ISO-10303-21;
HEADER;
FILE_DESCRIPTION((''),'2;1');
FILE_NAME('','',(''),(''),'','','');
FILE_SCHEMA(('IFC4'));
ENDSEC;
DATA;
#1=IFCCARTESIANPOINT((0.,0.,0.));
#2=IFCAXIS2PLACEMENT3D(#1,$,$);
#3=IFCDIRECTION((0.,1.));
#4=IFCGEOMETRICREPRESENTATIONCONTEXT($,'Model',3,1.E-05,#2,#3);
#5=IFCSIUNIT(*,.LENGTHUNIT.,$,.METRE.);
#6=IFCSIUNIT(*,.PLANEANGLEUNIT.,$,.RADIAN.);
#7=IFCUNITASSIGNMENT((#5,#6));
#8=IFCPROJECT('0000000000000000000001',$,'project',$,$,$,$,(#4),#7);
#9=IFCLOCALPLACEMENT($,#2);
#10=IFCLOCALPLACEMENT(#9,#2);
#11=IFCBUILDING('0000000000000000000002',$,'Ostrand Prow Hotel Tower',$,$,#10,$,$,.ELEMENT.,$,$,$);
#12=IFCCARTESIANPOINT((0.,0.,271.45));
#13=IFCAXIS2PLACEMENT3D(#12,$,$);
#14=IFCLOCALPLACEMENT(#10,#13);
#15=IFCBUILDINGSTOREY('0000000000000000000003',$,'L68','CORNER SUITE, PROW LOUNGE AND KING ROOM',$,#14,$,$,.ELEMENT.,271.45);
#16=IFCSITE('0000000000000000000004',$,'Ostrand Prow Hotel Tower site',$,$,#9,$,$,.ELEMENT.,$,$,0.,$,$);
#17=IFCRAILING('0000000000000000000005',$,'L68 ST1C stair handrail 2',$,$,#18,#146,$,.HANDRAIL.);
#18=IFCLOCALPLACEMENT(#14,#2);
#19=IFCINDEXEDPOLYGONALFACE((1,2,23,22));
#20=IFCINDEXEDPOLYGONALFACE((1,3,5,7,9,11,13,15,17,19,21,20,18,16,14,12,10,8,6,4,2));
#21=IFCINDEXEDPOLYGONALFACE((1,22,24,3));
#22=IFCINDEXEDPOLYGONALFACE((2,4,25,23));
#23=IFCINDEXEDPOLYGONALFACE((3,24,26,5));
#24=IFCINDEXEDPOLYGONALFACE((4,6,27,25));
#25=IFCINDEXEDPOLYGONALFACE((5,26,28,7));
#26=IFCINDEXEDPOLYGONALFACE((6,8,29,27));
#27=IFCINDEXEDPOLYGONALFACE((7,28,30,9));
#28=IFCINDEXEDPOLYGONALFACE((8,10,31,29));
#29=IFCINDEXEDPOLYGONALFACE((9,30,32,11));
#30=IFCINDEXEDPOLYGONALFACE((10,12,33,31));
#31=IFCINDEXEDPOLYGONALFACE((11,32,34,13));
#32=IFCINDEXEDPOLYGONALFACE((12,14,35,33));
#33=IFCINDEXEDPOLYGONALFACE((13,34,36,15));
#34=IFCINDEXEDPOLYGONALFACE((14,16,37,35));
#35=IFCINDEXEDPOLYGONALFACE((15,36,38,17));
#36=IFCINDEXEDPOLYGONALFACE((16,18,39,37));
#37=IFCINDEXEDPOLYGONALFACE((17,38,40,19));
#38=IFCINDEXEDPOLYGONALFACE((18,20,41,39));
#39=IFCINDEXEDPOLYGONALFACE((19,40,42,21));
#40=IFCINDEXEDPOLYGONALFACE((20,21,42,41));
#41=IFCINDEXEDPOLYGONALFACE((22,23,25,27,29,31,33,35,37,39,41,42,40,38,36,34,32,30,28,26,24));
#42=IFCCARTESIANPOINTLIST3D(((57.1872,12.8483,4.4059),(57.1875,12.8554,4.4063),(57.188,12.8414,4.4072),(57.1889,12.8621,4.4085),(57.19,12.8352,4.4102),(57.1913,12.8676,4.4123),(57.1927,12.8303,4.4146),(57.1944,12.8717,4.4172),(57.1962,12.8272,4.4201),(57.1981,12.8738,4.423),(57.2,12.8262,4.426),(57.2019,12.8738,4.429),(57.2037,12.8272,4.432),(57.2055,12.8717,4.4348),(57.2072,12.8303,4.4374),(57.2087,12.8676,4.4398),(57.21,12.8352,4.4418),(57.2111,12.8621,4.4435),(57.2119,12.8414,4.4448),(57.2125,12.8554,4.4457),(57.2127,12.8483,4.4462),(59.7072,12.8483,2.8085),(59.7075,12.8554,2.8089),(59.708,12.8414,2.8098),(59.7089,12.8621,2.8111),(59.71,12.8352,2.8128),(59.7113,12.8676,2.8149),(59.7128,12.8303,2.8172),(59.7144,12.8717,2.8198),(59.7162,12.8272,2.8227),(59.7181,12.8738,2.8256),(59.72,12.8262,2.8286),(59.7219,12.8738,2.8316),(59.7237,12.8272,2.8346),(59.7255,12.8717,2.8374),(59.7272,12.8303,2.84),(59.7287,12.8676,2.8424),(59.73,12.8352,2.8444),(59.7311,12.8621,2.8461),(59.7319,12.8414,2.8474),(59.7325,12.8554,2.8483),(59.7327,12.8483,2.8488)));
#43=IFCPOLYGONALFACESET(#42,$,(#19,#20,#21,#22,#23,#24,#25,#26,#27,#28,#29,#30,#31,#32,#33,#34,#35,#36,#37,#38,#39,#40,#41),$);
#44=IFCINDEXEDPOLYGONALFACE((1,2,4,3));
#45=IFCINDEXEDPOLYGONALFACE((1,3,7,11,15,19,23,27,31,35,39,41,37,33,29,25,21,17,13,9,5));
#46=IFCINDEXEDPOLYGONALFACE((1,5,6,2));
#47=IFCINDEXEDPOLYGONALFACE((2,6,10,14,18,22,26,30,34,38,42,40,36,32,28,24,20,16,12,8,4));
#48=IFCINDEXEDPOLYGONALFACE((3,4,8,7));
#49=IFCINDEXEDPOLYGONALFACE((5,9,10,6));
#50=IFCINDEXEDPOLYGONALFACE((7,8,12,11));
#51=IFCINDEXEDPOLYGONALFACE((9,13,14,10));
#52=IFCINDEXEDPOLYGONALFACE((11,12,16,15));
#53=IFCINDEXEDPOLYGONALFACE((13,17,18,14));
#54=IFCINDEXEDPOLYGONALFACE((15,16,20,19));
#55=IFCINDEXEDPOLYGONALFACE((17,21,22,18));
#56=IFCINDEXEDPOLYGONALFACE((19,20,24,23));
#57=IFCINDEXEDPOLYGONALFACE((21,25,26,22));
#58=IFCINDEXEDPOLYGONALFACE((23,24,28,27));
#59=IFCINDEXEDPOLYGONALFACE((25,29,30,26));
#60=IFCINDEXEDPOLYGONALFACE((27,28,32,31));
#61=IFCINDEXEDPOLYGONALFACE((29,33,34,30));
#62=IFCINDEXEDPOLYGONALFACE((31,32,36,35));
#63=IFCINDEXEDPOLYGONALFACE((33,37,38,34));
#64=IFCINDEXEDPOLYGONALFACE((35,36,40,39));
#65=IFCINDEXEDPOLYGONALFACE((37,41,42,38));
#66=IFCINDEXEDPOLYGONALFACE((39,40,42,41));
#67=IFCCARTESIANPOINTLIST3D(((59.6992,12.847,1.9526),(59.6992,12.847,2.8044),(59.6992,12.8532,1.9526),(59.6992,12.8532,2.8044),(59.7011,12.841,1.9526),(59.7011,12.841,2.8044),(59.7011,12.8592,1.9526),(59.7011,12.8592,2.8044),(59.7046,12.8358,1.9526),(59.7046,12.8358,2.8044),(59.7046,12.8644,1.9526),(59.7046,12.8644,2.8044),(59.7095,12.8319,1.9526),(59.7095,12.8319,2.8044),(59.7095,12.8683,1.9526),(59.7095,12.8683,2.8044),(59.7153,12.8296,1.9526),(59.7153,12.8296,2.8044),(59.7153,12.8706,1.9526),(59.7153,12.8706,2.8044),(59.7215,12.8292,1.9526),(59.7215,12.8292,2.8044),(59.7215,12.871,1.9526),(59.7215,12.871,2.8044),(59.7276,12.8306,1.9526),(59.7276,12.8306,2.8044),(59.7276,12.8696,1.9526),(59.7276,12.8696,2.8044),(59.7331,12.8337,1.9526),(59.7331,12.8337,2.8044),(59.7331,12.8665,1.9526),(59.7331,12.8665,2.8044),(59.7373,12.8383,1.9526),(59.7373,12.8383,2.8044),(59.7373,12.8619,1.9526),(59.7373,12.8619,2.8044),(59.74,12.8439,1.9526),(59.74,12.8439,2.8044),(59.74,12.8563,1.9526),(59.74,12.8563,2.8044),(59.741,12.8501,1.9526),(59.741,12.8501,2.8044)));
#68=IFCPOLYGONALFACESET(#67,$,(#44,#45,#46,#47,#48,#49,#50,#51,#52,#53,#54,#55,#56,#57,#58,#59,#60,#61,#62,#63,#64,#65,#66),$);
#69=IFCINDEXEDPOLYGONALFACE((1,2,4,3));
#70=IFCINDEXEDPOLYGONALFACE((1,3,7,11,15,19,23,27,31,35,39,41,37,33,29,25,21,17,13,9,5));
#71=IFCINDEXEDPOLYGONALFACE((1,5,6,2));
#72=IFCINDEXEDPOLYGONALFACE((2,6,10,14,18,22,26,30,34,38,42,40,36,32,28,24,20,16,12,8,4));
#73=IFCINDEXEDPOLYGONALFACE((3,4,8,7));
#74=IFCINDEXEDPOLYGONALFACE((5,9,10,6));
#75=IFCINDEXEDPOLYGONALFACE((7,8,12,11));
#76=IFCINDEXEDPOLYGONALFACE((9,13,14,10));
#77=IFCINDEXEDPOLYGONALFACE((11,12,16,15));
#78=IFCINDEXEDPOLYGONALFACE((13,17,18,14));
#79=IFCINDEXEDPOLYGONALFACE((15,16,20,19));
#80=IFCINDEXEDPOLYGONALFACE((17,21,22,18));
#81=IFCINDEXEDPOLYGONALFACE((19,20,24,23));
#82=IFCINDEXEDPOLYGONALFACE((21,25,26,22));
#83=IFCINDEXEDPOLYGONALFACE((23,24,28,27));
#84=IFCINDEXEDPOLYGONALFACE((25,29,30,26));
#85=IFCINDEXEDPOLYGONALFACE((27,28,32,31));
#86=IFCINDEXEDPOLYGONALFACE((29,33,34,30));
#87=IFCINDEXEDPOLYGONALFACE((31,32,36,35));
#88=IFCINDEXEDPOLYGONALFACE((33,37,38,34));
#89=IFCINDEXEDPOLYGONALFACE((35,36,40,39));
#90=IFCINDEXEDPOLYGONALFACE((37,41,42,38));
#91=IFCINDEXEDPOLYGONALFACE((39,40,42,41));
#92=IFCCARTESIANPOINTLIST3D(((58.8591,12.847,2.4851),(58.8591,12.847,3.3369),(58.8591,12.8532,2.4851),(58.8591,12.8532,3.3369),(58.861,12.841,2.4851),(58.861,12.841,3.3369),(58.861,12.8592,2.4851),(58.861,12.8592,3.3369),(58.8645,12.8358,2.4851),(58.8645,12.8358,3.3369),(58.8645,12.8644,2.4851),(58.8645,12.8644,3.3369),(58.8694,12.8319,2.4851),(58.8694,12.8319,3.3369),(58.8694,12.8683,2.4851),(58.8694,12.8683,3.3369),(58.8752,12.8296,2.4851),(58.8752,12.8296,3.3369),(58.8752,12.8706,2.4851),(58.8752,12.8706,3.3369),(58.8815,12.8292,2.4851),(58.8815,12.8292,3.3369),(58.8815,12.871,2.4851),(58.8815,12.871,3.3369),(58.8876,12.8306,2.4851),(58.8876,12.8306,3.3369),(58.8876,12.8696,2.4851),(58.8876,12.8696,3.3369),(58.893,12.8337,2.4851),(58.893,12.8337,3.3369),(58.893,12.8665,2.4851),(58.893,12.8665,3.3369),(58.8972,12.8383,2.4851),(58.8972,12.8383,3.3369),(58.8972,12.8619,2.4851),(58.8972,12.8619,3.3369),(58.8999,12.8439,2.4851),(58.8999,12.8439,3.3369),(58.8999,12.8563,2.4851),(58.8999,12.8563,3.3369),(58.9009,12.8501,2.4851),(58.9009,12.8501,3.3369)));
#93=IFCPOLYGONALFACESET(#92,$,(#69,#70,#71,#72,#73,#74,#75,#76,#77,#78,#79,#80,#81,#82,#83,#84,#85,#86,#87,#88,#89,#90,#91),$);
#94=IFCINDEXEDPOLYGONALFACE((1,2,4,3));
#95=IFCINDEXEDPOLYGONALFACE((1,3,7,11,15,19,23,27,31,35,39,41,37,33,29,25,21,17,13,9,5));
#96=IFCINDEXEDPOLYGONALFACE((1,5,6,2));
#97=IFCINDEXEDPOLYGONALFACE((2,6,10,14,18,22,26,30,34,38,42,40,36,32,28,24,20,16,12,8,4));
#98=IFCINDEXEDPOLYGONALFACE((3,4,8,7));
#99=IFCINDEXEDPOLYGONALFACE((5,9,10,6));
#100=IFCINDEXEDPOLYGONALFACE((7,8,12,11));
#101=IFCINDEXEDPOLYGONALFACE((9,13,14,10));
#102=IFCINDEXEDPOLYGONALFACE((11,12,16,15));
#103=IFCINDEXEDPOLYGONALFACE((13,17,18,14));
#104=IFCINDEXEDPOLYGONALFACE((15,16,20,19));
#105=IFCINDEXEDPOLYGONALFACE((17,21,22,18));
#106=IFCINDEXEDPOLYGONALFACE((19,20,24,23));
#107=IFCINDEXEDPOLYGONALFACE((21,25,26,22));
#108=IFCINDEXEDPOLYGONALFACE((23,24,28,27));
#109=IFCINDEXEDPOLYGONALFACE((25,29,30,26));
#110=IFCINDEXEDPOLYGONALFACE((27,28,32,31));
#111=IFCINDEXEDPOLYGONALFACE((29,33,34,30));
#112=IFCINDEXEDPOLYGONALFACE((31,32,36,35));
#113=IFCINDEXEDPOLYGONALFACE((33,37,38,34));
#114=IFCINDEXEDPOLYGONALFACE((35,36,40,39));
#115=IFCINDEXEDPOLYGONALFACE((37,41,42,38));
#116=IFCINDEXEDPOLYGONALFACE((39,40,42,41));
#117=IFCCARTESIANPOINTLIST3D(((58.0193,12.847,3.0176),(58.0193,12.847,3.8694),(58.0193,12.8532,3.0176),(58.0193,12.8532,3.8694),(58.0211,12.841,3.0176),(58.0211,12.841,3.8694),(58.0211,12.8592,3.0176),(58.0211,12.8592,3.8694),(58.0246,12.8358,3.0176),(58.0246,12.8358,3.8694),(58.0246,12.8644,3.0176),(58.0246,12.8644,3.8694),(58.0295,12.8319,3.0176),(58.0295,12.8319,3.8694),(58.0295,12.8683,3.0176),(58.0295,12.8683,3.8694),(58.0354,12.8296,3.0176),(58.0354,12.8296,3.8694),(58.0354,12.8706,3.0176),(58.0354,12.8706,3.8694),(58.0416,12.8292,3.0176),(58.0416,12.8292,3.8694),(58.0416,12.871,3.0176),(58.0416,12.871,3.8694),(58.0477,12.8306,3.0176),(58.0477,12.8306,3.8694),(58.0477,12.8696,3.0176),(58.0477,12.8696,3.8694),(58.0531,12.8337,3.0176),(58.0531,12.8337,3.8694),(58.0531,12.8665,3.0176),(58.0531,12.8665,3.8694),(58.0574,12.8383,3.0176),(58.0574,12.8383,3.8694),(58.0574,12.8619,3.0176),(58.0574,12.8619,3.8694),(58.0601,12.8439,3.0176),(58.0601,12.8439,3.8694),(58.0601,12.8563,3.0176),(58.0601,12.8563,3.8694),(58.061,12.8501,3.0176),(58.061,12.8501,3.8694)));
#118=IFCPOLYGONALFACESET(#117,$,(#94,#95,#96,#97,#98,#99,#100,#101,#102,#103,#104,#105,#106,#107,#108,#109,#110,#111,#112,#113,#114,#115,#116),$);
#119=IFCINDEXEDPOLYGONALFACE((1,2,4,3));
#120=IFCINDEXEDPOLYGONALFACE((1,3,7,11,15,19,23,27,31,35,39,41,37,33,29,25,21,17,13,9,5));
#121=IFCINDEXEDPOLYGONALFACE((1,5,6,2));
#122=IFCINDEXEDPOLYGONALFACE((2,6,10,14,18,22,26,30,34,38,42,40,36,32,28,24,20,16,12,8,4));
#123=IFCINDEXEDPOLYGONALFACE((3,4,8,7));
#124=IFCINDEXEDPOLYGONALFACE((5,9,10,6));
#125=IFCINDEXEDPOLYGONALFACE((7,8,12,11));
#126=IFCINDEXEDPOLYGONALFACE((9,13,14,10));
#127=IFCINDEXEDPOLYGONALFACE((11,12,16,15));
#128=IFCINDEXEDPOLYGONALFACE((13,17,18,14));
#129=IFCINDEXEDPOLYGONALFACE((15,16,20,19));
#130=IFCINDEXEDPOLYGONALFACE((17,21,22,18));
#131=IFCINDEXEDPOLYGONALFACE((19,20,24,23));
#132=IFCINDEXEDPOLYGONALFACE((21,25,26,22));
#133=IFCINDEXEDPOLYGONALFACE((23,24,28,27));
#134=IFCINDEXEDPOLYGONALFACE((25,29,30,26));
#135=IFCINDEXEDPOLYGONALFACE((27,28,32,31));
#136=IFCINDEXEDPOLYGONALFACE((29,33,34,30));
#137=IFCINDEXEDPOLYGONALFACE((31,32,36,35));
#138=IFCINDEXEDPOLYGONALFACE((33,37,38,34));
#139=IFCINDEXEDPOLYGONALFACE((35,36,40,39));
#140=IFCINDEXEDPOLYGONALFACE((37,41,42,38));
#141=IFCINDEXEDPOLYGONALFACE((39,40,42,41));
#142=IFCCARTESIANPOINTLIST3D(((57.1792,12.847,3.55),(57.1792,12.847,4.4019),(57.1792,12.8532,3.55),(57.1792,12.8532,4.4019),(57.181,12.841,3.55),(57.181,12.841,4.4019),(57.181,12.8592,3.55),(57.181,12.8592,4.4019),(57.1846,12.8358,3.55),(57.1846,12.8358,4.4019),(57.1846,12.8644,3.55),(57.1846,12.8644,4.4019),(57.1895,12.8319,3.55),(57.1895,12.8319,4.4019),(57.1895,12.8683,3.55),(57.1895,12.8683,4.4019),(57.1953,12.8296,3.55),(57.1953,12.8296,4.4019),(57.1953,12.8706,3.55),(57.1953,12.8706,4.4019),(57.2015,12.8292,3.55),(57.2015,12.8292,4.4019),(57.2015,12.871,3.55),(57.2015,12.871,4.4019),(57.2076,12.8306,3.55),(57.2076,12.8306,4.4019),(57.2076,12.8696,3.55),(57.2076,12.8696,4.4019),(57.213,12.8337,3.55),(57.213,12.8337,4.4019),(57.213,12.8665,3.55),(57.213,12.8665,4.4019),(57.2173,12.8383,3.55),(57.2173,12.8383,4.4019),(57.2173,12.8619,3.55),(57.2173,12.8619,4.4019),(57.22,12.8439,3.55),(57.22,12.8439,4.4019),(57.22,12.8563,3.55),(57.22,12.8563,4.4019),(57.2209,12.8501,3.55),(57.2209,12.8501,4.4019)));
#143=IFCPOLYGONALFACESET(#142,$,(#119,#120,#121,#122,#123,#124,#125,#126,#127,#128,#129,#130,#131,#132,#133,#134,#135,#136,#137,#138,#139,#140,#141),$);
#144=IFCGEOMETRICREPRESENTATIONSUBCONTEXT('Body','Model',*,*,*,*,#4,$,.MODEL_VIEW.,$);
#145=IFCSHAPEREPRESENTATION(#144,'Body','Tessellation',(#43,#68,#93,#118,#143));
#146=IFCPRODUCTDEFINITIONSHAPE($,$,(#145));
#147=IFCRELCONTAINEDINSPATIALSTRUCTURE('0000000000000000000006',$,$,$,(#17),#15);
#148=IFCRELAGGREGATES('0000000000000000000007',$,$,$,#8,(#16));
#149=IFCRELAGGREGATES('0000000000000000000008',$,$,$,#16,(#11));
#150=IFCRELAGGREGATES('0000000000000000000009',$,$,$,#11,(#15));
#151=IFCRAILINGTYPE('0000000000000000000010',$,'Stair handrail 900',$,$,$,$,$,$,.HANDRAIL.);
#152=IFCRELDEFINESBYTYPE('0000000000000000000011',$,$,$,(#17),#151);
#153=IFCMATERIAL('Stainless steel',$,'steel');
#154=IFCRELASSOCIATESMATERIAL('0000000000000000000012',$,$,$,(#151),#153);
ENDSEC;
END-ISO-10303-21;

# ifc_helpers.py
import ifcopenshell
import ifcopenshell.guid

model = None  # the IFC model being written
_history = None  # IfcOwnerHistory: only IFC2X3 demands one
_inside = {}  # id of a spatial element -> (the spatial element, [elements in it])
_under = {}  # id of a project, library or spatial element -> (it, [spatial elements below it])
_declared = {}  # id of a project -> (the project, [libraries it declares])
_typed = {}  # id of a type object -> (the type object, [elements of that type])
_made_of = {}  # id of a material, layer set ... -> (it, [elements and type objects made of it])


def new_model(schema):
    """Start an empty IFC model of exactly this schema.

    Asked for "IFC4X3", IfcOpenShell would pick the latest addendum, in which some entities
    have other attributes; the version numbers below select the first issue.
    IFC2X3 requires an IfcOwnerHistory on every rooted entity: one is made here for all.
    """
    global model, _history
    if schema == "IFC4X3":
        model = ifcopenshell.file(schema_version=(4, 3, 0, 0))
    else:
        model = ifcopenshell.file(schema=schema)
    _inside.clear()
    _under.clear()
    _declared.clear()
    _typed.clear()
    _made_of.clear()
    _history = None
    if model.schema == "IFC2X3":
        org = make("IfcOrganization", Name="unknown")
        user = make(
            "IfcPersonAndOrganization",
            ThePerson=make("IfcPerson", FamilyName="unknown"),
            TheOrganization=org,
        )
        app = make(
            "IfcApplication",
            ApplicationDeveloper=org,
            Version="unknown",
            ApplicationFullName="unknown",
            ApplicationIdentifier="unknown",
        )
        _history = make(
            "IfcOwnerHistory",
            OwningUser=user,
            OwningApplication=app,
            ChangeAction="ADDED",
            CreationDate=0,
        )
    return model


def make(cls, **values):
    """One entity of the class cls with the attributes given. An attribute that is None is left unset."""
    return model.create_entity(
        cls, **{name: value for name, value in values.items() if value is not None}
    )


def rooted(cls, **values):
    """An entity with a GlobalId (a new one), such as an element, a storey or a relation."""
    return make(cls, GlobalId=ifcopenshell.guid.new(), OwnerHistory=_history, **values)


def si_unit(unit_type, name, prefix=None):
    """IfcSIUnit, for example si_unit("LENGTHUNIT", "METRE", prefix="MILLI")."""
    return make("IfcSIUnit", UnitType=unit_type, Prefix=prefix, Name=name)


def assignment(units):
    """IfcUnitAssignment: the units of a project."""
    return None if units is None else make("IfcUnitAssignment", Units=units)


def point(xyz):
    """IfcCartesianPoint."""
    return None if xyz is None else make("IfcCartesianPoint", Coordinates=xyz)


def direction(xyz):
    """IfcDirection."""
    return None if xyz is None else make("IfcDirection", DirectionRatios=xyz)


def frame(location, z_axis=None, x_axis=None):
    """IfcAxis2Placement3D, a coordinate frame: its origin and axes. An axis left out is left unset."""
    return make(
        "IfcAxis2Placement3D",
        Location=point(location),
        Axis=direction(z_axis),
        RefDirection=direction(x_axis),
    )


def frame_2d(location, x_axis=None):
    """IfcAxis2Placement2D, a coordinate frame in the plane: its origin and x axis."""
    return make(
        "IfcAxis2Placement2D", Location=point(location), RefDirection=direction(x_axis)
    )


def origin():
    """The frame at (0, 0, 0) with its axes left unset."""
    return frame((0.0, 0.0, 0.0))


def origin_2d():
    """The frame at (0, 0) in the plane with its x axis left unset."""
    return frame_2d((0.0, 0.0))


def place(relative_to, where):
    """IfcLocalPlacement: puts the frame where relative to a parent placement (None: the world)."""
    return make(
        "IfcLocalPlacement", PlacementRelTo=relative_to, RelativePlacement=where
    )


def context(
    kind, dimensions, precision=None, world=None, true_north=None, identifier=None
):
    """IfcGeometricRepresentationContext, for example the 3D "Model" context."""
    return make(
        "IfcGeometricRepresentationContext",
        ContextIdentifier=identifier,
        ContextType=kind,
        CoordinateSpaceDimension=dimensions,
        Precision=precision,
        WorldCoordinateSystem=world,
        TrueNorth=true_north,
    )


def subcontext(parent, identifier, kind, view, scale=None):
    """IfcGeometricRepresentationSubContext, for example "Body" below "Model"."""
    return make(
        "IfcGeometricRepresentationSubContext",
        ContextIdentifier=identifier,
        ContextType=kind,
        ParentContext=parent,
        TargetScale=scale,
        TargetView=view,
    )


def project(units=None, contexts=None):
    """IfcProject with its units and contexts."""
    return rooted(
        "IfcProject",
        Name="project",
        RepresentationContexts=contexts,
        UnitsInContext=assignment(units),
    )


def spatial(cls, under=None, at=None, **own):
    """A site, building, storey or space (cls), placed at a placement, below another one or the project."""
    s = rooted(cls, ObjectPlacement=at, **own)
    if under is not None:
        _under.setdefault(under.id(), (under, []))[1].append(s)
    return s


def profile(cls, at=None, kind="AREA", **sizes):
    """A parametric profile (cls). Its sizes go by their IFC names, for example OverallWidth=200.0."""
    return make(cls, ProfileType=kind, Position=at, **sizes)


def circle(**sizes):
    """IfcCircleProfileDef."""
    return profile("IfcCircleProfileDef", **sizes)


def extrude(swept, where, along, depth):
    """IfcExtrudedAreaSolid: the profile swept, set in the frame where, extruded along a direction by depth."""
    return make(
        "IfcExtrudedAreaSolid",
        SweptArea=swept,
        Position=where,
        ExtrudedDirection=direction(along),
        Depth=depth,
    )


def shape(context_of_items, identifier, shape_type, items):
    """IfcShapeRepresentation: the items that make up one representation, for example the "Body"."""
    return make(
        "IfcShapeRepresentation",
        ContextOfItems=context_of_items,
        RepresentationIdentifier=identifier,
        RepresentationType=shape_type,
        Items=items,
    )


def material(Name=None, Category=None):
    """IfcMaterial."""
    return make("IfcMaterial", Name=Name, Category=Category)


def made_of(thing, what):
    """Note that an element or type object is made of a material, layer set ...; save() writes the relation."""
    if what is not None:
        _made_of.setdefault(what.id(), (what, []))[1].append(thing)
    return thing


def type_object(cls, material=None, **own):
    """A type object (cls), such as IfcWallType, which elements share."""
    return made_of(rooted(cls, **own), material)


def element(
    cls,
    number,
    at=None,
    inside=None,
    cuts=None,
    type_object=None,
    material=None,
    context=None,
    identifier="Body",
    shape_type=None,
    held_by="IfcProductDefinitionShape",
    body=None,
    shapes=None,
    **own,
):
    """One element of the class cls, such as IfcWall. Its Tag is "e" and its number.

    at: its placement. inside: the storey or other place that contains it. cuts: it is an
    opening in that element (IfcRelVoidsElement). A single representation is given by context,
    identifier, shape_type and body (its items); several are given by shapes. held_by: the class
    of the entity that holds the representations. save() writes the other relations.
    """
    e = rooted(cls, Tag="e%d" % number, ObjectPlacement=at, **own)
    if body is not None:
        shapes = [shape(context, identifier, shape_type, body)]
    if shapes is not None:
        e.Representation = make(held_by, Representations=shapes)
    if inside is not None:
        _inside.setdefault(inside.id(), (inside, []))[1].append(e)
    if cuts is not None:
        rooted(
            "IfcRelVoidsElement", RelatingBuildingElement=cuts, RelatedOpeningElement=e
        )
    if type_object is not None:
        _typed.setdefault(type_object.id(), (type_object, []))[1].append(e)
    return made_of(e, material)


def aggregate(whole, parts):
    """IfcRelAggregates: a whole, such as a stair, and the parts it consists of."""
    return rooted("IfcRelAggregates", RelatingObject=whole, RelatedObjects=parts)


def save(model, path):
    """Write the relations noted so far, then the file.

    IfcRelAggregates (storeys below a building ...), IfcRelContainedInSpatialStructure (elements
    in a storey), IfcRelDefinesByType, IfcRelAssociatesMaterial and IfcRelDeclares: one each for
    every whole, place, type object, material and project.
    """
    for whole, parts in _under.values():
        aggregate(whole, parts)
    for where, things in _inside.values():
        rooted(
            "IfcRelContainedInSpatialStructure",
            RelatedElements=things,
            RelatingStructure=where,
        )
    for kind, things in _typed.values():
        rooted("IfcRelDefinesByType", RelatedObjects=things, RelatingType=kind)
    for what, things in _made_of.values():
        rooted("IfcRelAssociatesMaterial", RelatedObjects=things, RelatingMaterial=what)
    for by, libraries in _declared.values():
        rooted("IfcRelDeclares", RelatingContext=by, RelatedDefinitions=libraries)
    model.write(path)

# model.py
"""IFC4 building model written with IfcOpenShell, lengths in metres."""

from ifc_helpers import new_model, si_unit, direction, frame, origin, origin_2d, place, context, subcontext, project, spatial, circle, extrude, material, type_object, element, save


model = new_model("IFC4")

# Units and contexts
model_context = context("Model", 3, precision=1e-05, world=origin(), true_north=direction((0.0, 1.0)))
body_context = subcontext(model_context, "Body", "Model", "MODEL_VIEW")
ifc_project = project(units=[si_unit("LENGTHUNIT", "METRE"), si_unit("PLANEANGLEUNIT", "RADIAN")], contexts=[model_context])

# Site, building, storey
site_placement = place(None, origin())
site = spatial("IfcSite", under=ifc_project, at=site_placement, Name="Ostrand Prow Hotel Tower site", CompositionType="ELEMENT", RefElevation=0.0)
building_placement = place(site_placement, origin())
building = spatial("IfcBuilding", under=site, at=building_placement, Name="Ostrand Prow Hotel Tower", CompositionType="ELEMENT")
storey_placement = place(building_placement, frame((0.0, 0.0, 271.45)))
storey = spatial("IfcBuildingStorey", under=building, at=storey_placement, Name="L68", Description="CORNER SUITE, PROW LOUNGE AND KING ROOM", CompositionType="ELEMENT", Elevation=271.45)

# Railing
ifc_material_1 = material(Name="Stainless steel", Category="steel")
railing_type_1 = type_object("IfcRailingType", Name="Stair handrail 900", PredefinedType="HANDRAIL", material=ifc_material_1)
railing_1_placement = place(storey_placement, frame((59.72, 12.8501, 1.9526)))
element("IfcRailing", 1, at=railing_1_placement, inside=storey, type_object=railing_type_1, Name="L68 ST1C stair handrail 2", PredefinedType="HANDRAIL", context=body_context, shape_type="SweptSolid", body=[
    extrude(circle(Radius=0.0239, at=origin_2d()), frame((0.0, 0.0, 0.876), z_axis=(-0.844607, 0.0, 0.535387), x_axis=(0.0, -1.0, 0.0)), (0.0, 0.0, 1.0), 2.9836),
    extrude(circle(Radius=0.021, at=origin_2d()), origin(), (0.0, 0.0, 1.0), 0.8518),
    extrude(circle(Radius=0.021, at=origin_2d()), frame((-0.8401, 0.0, 0.5325)), (0.0, 0.0, 1.0), 0.8518),
    extrude(circle(Radius=0.021, at=origin_2d()), frame((-1.6799, 0.0, 1.0649)), (0.0, 0.0, 1.0), 0.8518),
    extrude(circle(Radius=0.021, at=origin_2d()), frame((-2.52, 0.0, 1.5974)), (0.0, 0.0, 1.0), 0.8518),
])

save(model, "model.ifc")
